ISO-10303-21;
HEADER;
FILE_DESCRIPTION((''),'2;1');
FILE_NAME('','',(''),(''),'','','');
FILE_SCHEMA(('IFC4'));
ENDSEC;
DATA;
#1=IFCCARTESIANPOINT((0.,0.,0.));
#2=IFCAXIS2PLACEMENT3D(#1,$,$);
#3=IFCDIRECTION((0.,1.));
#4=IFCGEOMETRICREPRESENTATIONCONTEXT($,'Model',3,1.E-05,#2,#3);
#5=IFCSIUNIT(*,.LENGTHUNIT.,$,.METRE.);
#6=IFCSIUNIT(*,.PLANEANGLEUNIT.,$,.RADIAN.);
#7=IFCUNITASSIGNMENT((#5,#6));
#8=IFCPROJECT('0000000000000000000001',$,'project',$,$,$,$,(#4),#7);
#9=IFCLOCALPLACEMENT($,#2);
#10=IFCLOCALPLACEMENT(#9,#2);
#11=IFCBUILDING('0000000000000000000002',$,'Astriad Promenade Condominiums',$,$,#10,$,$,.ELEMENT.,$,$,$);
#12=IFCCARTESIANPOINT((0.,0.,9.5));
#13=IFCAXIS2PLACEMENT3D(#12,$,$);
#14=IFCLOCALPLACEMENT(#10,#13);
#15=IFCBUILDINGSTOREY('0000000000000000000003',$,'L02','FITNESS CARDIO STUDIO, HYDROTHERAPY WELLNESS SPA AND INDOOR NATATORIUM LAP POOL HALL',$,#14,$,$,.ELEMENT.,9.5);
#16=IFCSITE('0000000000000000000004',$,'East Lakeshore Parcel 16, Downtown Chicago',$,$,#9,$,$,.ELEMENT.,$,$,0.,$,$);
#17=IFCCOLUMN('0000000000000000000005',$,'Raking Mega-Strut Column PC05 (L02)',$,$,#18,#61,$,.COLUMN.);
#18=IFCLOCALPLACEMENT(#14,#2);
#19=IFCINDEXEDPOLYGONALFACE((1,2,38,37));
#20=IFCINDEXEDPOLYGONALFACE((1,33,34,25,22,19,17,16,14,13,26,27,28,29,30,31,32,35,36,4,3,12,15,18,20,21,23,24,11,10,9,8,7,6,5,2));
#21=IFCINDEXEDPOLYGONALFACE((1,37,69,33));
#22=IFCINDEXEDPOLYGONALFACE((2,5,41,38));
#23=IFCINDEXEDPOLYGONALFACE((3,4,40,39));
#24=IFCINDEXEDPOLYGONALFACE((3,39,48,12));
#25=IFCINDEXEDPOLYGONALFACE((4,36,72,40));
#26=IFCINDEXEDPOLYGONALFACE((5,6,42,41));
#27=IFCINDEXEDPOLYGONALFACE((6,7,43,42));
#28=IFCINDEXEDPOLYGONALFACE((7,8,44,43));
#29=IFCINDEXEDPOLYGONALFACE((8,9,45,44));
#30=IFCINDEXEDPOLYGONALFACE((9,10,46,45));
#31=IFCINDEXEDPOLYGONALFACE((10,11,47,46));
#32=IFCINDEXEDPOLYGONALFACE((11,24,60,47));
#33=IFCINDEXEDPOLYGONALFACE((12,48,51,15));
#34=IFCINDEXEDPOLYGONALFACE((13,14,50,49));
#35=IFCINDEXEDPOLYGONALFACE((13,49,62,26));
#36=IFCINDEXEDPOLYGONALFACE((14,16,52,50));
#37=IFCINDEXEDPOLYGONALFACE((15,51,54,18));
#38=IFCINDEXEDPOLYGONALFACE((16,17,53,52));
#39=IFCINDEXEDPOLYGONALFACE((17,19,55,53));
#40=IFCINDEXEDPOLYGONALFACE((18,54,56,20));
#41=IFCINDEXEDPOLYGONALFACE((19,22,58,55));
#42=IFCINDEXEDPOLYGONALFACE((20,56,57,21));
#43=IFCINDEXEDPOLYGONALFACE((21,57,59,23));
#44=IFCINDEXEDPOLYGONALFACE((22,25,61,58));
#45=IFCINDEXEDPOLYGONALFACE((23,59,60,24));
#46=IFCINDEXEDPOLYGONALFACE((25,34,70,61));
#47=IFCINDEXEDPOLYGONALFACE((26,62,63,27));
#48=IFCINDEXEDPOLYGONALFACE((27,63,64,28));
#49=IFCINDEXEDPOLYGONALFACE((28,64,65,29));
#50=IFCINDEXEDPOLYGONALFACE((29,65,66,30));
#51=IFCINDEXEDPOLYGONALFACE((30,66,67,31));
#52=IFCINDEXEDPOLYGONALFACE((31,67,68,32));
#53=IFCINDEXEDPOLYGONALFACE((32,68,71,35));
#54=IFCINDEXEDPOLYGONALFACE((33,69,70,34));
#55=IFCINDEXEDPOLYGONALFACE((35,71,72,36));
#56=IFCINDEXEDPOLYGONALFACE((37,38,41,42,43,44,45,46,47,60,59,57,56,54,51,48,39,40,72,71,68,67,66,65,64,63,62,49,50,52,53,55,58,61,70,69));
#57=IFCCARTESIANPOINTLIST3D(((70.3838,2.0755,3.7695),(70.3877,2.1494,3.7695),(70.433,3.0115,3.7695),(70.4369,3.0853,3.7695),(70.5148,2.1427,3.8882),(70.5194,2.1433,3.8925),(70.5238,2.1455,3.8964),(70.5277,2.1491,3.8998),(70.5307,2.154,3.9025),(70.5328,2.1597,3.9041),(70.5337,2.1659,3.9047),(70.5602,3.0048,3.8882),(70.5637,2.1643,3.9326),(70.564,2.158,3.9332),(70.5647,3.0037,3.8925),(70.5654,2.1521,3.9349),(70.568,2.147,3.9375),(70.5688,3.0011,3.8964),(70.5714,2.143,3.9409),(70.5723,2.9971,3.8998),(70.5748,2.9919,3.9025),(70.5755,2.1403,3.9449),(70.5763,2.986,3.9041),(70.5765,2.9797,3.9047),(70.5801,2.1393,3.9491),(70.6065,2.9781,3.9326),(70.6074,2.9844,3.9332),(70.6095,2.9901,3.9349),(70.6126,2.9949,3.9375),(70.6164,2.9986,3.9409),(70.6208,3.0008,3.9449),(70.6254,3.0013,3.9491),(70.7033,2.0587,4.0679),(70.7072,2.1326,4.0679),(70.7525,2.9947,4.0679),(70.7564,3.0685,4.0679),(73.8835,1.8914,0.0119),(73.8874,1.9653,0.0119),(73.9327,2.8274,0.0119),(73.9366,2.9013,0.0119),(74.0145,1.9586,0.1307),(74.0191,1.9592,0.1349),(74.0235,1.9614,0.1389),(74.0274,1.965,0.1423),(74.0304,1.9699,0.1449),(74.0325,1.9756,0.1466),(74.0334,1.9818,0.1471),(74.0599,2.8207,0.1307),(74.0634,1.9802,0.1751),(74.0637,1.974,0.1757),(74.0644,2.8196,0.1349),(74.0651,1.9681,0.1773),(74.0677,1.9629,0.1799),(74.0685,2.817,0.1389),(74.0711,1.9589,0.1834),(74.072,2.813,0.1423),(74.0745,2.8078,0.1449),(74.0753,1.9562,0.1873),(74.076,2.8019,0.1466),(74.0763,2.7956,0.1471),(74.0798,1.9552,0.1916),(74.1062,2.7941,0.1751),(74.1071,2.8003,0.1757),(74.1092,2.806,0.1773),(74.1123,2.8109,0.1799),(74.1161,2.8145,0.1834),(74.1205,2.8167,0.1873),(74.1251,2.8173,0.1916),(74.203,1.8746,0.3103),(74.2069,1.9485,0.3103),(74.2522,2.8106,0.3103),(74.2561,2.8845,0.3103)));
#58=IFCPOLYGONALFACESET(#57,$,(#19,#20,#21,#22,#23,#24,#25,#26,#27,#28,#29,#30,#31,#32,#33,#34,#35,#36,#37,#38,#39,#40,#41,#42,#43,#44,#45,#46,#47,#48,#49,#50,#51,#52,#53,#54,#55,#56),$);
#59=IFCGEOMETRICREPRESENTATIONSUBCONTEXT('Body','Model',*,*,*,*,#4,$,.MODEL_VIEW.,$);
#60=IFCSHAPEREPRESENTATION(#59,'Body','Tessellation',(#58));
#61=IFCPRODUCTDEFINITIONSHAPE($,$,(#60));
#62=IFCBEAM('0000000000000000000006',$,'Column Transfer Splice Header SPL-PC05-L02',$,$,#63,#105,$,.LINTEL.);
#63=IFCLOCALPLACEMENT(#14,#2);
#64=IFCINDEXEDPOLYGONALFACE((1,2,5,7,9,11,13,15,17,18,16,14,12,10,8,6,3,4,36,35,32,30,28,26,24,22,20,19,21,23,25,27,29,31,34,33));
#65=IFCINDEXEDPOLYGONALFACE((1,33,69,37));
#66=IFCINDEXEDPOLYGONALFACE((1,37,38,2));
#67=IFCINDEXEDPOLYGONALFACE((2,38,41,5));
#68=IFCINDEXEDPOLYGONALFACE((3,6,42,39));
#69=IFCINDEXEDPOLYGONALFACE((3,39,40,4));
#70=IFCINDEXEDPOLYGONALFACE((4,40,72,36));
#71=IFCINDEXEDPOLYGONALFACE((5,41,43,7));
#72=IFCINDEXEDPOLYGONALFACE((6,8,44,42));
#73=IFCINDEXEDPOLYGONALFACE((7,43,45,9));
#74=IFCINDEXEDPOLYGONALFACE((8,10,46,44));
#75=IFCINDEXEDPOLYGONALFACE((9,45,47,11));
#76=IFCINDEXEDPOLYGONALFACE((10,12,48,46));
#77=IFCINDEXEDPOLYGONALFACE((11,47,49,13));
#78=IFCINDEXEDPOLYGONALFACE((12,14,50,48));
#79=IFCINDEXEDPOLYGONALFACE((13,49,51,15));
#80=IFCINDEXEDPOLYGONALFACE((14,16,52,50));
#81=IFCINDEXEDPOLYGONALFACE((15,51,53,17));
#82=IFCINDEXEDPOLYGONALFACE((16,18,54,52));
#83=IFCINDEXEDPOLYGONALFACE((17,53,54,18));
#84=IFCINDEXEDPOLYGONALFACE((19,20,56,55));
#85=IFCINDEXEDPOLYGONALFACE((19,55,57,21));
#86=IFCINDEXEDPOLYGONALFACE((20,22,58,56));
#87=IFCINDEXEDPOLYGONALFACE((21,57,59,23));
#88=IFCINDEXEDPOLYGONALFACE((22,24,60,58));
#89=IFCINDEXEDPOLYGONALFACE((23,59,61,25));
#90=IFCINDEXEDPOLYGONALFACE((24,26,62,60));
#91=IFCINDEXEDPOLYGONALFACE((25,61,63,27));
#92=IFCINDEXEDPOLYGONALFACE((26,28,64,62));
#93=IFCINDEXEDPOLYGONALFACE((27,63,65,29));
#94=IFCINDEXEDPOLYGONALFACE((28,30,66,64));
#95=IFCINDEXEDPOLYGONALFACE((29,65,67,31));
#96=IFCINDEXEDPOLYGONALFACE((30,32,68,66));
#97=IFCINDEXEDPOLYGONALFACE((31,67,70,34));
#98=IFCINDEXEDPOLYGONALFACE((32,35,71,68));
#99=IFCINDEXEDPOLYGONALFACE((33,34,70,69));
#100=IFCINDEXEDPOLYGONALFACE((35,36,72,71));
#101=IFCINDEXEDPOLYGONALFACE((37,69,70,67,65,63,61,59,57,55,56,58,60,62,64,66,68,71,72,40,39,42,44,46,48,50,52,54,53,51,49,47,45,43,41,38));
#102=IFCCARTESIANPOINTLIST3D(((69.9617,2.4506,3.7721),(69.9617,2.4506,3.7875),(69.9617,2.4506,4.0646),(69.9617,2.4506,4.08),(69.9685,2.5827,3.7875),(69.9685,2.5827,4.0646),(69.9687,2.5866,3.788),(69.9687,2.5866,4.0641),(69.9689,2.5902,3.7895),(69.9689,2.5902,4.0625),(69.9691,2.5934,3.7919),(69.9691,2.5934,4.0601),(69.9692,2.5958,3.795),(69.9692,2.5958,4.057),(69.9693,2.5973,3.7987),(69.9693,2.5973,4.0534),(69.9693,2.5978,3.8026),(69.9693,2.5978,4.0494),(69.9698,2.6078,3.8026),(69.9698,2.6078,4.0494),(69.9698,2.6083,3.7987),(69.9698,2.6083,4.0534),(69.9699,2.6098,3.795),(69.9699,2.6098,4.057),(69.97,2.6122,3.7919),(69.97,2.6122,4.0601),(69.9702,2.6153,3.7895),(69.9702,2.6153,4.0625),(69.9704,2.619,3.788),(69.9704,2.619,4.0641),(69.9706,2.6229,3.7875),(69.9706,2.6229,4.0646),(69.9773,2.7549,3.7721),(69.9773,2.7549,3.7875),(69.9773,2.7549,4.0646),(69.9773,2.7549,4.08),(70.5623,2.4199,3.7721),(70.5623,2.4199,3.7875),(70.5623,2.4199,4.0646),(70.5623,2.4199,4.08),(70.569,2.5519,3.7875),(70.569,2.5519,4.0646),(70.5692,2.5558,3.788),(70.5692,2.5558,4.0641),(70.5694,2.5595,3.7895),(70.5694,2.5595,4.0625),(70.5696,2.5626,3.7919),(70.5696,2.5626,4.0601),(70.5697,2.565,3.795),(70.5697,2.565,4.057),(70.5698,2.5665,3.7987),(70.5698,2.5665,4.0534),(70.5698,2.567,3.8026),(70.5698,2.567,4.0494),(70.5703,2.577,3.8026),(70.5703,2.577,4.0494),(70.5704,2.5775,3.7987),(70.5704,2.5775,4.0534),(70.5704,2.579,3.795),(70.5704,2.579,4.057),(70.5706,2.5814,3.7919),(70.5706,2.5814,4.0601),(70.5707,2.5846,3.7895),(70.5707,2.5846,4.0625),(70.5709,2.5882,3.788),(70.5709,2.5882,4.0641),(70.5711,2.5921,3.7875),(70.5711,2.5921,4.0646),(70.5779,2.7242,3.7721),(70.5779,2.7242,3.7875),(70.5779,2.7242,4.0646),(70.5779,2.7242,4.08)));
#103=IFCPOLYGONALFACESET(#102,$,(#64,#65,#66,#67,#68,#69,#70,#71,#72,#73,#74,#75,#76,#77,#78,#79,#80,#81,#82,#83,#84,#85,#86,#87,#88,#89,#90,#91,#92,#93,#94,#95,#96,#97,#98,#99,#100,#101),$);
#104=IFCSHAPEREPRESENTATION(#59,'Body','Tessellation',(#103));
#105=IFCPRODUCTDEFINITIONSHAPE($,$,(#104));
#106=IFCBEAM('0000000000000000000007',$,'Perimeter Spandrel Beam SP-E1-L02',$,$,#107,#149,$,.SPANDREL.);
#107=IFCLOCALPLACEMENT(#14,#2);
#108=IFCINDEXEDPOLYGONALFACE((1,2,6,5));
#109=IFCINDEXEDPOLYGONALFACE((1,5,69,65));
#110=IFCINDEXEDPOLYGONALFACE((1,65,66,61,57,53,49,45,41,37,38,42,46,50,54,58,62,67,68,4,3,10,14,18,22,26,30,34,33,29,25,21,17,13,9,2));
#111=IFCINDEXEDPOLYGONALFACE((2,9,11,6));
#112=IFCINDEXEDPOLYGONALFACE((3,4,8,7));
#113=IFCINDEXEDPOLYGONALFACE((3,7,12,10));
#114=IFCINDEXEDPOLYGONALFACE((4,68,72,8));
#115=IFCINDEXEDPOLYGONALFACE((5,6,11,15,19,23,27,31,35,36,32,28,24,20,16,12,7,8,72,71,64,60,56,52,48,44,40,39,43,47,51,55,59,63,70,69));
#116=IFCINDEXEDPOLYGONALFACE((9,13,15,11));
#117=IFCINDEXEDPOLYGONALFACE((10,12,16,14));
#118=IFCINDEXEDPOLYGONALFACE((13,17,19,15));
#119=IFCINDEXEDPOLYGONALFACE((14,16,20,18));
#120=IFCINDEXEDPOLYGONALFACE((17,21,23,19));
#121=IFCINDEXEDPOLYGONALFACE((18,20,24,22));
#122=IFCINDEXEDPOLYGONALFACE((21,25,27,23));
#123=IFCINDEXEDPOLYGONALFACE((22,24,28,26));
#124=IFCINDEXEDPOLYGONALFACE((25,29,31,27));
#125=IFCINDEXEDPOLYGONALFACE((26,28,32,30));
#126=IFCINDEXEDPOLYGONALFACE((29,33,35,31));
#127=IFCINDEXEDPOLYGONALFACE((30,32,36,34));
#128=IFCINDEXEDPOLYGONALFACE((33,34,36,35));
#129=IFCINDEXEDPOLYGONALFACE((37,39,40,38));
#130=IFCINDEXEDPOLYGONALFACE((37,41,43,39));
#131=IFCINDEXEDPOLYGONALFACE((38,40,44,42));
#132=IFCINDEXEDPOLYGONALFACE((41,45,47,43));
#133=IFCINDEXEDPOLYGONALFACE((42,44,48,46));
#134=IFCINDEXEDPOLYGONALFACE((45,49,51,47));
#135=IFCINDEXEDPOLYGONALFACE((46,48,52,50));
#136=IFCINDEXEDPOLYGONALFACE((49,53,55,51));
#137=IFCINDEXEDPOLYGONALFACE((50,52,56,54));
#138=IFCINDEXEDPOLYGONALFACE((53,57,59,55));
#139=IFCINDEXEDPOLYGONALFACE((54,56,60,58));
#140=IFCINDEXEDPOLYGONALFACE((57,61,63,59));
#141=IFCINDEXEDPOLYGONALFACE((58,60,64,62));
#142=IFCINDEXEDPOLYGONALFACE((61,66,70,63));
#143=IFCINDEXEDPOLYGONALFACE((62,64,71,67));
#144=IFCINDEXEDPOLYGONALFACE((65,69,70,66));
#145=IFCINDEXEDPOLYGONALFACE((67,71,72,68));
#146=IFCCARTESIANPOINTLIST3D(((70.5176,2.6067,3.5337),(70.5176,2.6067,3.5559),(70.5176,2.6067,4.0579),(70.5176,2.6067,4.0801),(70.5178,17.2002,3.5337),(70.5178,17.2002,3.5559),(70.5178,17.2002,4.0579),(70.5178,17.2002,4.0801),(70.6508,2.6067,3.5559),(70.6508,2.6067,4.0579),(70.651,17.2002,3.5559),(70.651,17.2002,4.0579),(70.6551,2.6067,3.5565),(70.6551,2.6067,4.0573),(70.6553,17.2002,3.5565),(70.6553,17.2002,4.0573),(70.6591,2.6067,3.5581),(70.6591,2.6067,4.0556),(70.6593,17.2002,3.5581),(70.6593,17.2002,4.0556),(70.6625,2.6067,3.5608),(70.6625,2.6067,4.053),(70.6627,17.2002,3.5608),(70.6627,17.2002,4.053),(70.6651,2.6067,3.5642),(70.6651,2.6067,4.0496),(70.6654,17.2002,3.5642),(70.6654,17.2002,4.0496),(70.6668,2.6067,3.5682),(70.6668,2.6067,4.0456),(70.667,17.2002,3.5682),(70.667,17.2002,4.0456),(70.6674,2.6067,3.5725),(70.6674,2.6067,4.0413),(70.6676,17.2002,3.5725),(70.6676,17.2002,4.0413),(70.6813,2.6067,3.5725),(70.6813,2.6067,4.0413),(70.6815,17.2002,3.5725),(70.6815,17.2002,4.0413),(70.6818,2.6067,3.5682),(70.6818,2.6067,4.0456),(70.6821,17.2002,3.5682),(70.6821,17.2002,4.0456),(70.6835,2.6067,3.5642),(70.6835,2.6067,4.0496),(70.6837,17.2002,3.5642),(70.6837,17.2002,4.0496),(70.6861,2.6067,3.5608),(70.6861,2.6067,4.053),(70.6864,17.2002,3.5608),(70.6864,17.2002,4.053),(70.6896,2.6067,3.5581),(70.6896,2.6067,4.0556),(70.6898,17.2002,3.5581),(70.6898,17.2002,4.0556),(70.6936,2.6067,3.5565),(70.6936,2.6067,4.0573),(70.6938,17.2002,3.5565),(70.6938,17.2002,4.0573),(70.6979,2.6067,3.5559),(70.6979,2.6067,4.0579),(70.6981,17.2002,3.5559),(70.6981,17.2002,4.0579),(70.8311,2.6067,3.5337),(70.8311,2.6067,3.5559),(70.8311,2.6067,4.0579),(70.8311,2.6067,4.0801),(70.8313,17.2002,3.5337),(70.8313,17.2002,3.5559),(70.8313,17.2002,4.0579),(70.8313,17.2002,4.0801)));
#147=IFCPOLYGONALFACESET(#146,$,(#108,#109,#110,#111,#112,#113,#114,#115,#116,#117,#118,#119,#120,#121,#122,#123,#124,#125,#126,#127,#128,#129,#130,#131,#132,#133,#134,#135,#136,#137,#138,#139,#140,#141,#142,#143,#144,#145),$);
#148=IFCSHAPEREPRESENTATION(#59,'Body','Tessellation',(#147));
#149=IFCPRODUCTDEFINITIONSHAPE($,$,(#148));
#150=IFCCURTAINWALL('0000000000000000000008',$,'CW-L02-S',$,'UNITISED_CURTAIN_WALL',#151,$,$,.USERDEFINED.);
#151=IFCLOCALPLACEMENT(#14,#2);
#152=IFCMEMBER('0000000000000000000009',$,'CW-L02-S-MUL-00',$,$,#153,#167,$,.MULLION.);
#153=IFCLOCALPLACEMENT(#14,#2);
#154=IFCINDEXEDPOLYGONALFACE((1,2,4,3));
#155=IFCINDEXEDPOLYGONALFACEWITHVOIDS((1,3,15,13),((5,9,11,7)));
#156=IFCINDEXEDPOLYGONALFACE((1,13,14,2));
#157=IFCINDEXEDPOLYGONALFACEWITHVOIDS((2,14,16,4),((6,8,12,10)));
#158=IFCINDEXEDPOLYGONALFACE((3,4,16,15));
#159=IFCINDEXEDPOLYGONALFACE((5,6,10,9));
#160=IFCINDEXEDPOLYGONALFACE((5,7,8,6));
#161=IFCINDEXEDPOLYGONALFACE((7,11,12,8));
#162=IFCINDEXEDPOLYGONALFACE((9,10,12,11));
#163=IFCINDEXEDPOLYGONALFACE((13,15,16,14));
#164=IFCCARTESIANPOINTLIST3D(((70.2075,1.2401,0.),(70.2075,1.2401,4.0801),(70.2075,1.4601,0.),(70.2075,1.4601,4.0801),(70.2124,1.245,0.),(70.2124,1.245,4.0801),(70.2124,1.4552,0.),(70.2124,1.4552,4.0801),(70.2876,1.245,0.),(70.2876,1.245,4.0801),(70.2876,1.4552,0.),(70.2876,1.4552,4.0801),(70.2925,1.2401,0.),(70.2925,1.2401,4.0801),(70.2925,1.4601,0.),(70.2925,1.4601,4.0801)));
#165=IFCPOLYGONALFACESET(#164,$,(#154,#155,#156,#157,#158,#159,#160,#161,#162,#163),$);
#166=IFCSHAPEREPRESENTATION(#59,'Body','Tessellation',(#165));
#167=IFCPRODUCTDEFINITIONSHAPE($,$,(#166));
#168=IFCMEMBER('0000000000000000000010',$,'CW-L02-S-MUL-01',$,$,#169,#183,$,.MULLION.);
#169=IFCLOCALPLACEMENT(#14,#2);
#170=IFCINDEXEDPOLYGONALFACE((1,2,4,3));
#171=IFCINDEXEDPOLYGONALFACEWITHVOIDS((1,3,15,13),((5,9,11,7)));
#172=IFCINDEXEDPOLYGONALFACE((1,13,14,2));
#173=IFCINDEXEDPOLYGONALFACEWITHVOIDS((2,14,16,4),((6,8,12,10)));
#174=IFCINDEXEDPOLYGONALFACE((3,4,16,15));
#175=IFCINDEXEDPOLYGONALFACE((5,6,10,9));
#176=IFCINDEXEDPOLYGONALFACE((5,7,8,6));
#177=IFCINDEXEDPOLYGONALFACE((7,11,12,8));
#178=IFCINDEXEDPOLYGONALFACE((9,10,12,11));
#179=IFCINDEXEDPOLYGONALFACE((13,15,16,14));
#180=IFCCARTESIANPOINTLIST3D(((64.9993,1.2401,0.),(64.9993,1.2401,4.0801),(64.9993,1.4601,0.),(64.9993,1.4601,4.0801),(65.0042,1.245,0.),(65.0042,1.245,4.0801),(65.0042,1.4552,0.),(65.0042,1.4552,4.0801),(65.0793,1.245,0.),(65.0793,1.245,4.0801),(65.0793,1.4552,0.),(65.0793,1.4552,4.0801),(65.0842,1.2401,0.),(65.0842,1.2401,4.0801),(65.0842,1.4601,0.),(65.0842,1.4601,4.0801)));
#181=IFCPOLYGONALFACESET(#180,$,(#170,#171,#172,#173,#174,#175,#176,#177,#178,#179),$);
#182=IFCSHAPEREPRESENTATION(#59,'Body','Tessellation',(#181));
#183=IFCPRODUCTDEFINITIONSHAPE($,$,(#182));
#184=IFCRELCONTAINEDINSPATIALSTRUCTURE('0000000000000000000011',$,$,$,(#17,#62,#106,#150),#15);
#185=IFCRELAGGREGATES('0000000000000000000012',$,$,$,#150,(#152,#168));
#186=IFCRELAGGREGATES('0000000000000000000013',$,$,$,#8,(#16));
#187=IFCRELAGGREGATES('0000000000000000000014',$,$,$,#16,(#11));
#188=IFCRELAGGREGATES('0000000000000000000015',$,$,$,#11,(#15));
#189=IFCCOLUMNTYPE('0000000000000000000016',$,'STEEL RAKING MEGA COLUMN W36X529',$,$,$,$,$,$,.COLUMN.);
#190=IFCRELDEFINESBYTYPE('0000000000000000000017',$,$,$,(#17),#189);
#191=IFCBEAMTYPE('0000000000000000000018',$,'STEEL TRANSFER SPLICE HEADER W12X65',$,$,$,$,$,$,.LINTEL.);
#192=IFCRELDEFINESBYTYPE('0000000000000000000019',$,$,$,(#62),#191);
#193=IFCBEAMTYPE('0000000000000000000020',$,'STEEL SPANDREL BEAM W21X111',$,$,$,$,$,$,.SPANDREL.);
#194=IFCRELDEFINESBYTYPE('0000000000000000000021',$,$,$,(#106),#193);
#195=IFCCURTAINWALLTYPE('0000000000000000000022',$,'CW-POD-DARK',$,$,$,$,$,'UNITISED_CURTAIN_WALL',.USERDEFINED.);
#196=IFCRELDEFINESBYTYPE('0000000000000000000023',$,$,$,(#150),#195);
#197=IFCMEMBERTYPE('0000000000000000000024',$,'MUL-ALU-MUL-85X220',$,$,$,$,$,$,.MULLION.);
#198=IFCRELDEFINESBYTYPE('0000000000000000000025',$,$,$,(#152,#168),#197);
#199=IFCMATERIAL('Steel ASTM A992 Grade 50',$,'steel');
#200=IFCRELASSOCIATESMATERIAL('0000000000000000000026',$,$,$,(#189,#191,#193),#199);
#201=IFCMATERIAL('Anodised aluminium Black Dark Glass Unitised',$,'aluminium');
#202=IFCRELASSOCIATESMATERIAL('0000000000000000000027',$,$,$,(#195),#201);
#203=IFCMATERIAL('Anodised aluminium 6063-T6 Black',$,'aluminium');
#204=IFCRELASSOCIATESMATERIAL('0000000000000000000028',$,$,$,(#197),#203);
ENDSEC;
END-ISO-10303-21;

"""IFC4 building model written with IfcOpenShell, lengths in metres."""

from ifc_helpers import new_model, si_unit, direction, frame, origin, origin_2d, place, context, subcontext, project, spatial, hollow_rectangle, i_section, extrude, source, transform, mapped, material, material_profile, profile_set, type_object, type_shapes, element, aggregate, save


model = new_model("IFC4")

# Units and contexts
model_context = context("Model", 3, precision=1e-05, world=origin(), true_north=direction((0.0, 1.0)))
body_context = subcontext(model_context, "Body", "Model", "MODEL_VIEW")
ifc_project = project(units=[si_unit("LENGTHUNIT", "METRE"), si_unit("PLANEANGLEUNIT", "RADIAN")], contexts=[model_context])

# Site, building, storey
site_placement = place(None, origin())
site = spatial("IfcSite", under=ifc_project, at=site_placement, Name="East Lakeshore Parcel 16, Downtown Chicago", CompositionType="ELEMENT", RefElevation=0.0)
building_placement = place(site_placement, origin())
building = spatial("IfcBuilding", under=site, at=building_placement, Name="Astriad Promenade Condominiums", CompositionType="ELEMENT")
storey_placement = place(building_placement, frame((0.0, 0.0, 9.5)))
storey = spatial("IfcBuildingStorey", under=building, at=storey_placement, Name="L02", Description="FITNESS CARDIO STUDIO, HYDROTHERAPY WELLNESS SPA AND INDOOR NATATORIUM LAP POOL HALL", CompositionType="ELEMENT", Elevation=9.5)

# Column
ifc_material_1 = material(Name="Steel ASTM A992 Grade 50", Category="steel")
ifc_material_profile_1 = material_profile(ifc_material_1, i_section(OverallWidth=0.4375, OverallDepth=1.0112, WebThickness=0.041, FlangeThickness=0.074, FilletRadius=0.0242, at=origin_2d()), Name="W36X529")
ifc_profile_set_1 = profile_set([ifc_material_profile_1], Name="Steel ASTM A992 Grade 50")
column_type = type_object("IfcColumnType", Name="STEEL RAKING MEGA COLUMN W36X529", PredefinedType="COLUMN", material=ifc_profile_set_1)
shared_shape_1 = source(origin(), body_context, "Body", "SweptSolid", [
    extrude(i_section(OverallWidth=0.4375, OverallDepth=1.0112, WebThickness=0.041, FlangeThickness=0.074, FilletRadius=0.0242, at=origin_2d()), origin(), (0.0, 0.0, 1.0), 5.1382),
])
type_shapes(column_type, [shared_shape_1])
column_placement = place(storey_placement, frame((74.0698, 2.3879, 0.1611), z_axis=(-0.68112, 0.035826, 0.731295), x_axis=(0.730286, -0.038412, 0.682061)))
element("IfcColumn", 1, at=column_placement, inside=storey, type_object=column_type, Name="Raking Mega-Strut Column PC05 (L02)", PredefinedType="COLUMN", context=body_context, shape_type="MappedRepresentation", body=[
    mapped(shared_shape_1, transform((0.0, 0.0, 0.0), scale=1.0)),
])

# Beams
ifc_material_profile_2 = material_profile(ifc_material_1, i_section(OverallWidth=0.3047, OverallDepth=0.3079, WebThickness=0.01, FlangeThickness=0.0154, FilletRadius=0.0151, at=origin_2d()), Name="W12X65")
ifc_profile_set_2 = profile_set([ifc_material_profile_2], Name="Steel ASTM A992 Grade 50")
beam_type_1 = type_object("IfcBeamType", Name="STEEL TRANSFER SPLICE HEADER W12X65", PredefinedType="LINTEL", material=ifc_profile_set_2)
shared_shape_2 = source(origin(), body_context, "Body", "SweptSolid", [
    extrude(i_section(OverallWidth=0.3047, OverallDepth=0.3079, WebThickness=0.01, FlangeThickness=0.0154, FilletRadius=0.0151, at=origin_2d()), origin(), (0.0, 0.0, 1.0), 0.6013),
])
type_shapes(beam_type_1, [shared_shape_2])
beam_1_placement = place(storey_placement, frame((70.5701, 2.572, 3.926), z_axis=(-0.998691, 0.051152, 0.0), x_axis=(-0.051152, -0.998691, 0.0)))
element("IfcBeam", 2, at=beam_1_placement, inside=storey, type_object=beam_type_1, Name="Column Transfer Splice Header SPL-PC05-L02", PredefinedType="LINTEL", context=body_context, shape_type="MappedRepresentation", body=[
    mapped(shared_shape_2, transform((0.0, 0.0, 0.0), scale=1.0)),
])
ifc_material_profile_3 = material_profile(ifc_material_1, i_section(OverallWidth=0.3135, OverallDepth=0.5464, WebThickness=0.0139, FlangeThickness=0.0222, FilletRadius=0.0166, at=origin_2d()), Name="W21X111")
ifc_profile_set_3 = profile_set([ifc_material_profile_3], Name="Steel ASTM A992 Grade 50")
beam_type_2 = type_object("IfcBeamType", Name="STEEL SPANDREL BEAM W21X111", PredefinedType="SPANDREL", material=ifc_profile_set_3)
shared_shape_3 = source(origin(), body_context, "Body", "SweptSolid", [
    extrude(i_section(OverallWidth=0.3135, OverallDepth=0.5464, WebThickness=0.0139, FlangeThickness=0.0222, FilletRadius=0.0166, at=origin_2d()), origin(), (0.0, 0.0, 1.0), 14.5935),
])
type_shapes(beam_type_2, [shared_shape_3])
beam_2_placement = place(storey_placement, frame((70.6743, 2.6067, 3.8069), z_axis=(0.000017, 1.0, 0.0), x_axis=(-1.0, 0.000017, 0.0)))
element("IfcBeam", 3, at=beam_2_placement, inside=storey, type_object=beam_type_2, Name="Perimeter Spandrel Beam SP-E1-L02", PredefinedType="SPANDREL", context=body_context, shape_type="MappedRepresentation", body=[
    mapped(shared_shape_3, transform((0.0, 0.0, 0.0), scale=1.0)),
])

# Curtain wall, members
ifc_material_2 = material(Name="Anodised aluminium Black Dark Glass Unitised", Category="aluminium")
curtain_wall_type = type_object("IfcCurtainWallType", Name="CW-POD-DARK", ElementType="UNITISED_CURTAIN_WALL", PredefinedType="USERDEFINED", material=ifc_material_2)
curtain_wall_placement = place(storey_placement, origin())
curtain_wall = element("IfcCurtainWall", 4, at=curtain_wall_placement, inside=storey, type_object=curtain_wall_type, Name="CW-L02-S", ObjectType="UNITISED_CURTAIN_WALL", PredefinedType="USERDEFINED")
ifc_material_3 = material(Name="Anodised aluminium 6063-T6 Black", Category="aluminium")
ifc_material_profile_4 = material_profile(ifc_material_3, hollow_rectangle(XDim=0.085, YDim=0.22, WallThickness=0.0049, at=origin_2d()), Name="ALU-MUL-85X220")
ifc_profile_set_4 = profile_set([ifc_material_profile_4], Name="Anodised aluminium 6063-T6 Black")
member_type_1 = type_object("IfcMemberType", Name="MUL-ALU-MUL-85X220", PredefinedType="MULLION", material=ifc_profile_set_4)
shared_shape_4 = source(origin(), body_context, "Body", "SweptSolid", [
    extrude(hollow_rectangle(XDim=0.085, YDim=0.22, WallThickness=0.0049, at=origin_2d()), origin(), (0.0, 0.0, 1.0), 4.0801),
])
type_shapes(member_type_1, [shared_shape_4])
member_1_placement = place(storey_placement, frame((70.25, 1.3501, 0.0), z_axis=(0.0, 0.0, 1.0), x_axis=(1.0, 0.0, 0.0)))
member_1 = element("IfcMember", 5, at=member_1_placement, type_object=member_type_1, Name="CW-L02-S-MUL-00", PredefinedType="MULLION", context=body_context, shape_type="MappedRepresentation", body=[
    mapped(shared_shape_4, transform((0.0, 0.0, 0.0), scale=1.0)),
])
member_2_placement = place(storey_placement, frame((65.0417, 1.3501, 0.0), z_axis=(0.0, 0.0, 1.0), x_axis=(1.0, 0.0, 0.0)))
member_2 = element("IfcMember", 6, at=member_2_placement, type_object=member_type_1, Name="CW-L02-S-MUL-01", PredefinedType="MULLION", context=body_context, shape_type="MappedRepresentation", body=[
    mapped(shared_shape_4, transform((0.0, 0.0, 0.0), scale=1.0)),
])

aggregate(curtain_wall, [member_1, member_2])

save(model, "model.ifc")
